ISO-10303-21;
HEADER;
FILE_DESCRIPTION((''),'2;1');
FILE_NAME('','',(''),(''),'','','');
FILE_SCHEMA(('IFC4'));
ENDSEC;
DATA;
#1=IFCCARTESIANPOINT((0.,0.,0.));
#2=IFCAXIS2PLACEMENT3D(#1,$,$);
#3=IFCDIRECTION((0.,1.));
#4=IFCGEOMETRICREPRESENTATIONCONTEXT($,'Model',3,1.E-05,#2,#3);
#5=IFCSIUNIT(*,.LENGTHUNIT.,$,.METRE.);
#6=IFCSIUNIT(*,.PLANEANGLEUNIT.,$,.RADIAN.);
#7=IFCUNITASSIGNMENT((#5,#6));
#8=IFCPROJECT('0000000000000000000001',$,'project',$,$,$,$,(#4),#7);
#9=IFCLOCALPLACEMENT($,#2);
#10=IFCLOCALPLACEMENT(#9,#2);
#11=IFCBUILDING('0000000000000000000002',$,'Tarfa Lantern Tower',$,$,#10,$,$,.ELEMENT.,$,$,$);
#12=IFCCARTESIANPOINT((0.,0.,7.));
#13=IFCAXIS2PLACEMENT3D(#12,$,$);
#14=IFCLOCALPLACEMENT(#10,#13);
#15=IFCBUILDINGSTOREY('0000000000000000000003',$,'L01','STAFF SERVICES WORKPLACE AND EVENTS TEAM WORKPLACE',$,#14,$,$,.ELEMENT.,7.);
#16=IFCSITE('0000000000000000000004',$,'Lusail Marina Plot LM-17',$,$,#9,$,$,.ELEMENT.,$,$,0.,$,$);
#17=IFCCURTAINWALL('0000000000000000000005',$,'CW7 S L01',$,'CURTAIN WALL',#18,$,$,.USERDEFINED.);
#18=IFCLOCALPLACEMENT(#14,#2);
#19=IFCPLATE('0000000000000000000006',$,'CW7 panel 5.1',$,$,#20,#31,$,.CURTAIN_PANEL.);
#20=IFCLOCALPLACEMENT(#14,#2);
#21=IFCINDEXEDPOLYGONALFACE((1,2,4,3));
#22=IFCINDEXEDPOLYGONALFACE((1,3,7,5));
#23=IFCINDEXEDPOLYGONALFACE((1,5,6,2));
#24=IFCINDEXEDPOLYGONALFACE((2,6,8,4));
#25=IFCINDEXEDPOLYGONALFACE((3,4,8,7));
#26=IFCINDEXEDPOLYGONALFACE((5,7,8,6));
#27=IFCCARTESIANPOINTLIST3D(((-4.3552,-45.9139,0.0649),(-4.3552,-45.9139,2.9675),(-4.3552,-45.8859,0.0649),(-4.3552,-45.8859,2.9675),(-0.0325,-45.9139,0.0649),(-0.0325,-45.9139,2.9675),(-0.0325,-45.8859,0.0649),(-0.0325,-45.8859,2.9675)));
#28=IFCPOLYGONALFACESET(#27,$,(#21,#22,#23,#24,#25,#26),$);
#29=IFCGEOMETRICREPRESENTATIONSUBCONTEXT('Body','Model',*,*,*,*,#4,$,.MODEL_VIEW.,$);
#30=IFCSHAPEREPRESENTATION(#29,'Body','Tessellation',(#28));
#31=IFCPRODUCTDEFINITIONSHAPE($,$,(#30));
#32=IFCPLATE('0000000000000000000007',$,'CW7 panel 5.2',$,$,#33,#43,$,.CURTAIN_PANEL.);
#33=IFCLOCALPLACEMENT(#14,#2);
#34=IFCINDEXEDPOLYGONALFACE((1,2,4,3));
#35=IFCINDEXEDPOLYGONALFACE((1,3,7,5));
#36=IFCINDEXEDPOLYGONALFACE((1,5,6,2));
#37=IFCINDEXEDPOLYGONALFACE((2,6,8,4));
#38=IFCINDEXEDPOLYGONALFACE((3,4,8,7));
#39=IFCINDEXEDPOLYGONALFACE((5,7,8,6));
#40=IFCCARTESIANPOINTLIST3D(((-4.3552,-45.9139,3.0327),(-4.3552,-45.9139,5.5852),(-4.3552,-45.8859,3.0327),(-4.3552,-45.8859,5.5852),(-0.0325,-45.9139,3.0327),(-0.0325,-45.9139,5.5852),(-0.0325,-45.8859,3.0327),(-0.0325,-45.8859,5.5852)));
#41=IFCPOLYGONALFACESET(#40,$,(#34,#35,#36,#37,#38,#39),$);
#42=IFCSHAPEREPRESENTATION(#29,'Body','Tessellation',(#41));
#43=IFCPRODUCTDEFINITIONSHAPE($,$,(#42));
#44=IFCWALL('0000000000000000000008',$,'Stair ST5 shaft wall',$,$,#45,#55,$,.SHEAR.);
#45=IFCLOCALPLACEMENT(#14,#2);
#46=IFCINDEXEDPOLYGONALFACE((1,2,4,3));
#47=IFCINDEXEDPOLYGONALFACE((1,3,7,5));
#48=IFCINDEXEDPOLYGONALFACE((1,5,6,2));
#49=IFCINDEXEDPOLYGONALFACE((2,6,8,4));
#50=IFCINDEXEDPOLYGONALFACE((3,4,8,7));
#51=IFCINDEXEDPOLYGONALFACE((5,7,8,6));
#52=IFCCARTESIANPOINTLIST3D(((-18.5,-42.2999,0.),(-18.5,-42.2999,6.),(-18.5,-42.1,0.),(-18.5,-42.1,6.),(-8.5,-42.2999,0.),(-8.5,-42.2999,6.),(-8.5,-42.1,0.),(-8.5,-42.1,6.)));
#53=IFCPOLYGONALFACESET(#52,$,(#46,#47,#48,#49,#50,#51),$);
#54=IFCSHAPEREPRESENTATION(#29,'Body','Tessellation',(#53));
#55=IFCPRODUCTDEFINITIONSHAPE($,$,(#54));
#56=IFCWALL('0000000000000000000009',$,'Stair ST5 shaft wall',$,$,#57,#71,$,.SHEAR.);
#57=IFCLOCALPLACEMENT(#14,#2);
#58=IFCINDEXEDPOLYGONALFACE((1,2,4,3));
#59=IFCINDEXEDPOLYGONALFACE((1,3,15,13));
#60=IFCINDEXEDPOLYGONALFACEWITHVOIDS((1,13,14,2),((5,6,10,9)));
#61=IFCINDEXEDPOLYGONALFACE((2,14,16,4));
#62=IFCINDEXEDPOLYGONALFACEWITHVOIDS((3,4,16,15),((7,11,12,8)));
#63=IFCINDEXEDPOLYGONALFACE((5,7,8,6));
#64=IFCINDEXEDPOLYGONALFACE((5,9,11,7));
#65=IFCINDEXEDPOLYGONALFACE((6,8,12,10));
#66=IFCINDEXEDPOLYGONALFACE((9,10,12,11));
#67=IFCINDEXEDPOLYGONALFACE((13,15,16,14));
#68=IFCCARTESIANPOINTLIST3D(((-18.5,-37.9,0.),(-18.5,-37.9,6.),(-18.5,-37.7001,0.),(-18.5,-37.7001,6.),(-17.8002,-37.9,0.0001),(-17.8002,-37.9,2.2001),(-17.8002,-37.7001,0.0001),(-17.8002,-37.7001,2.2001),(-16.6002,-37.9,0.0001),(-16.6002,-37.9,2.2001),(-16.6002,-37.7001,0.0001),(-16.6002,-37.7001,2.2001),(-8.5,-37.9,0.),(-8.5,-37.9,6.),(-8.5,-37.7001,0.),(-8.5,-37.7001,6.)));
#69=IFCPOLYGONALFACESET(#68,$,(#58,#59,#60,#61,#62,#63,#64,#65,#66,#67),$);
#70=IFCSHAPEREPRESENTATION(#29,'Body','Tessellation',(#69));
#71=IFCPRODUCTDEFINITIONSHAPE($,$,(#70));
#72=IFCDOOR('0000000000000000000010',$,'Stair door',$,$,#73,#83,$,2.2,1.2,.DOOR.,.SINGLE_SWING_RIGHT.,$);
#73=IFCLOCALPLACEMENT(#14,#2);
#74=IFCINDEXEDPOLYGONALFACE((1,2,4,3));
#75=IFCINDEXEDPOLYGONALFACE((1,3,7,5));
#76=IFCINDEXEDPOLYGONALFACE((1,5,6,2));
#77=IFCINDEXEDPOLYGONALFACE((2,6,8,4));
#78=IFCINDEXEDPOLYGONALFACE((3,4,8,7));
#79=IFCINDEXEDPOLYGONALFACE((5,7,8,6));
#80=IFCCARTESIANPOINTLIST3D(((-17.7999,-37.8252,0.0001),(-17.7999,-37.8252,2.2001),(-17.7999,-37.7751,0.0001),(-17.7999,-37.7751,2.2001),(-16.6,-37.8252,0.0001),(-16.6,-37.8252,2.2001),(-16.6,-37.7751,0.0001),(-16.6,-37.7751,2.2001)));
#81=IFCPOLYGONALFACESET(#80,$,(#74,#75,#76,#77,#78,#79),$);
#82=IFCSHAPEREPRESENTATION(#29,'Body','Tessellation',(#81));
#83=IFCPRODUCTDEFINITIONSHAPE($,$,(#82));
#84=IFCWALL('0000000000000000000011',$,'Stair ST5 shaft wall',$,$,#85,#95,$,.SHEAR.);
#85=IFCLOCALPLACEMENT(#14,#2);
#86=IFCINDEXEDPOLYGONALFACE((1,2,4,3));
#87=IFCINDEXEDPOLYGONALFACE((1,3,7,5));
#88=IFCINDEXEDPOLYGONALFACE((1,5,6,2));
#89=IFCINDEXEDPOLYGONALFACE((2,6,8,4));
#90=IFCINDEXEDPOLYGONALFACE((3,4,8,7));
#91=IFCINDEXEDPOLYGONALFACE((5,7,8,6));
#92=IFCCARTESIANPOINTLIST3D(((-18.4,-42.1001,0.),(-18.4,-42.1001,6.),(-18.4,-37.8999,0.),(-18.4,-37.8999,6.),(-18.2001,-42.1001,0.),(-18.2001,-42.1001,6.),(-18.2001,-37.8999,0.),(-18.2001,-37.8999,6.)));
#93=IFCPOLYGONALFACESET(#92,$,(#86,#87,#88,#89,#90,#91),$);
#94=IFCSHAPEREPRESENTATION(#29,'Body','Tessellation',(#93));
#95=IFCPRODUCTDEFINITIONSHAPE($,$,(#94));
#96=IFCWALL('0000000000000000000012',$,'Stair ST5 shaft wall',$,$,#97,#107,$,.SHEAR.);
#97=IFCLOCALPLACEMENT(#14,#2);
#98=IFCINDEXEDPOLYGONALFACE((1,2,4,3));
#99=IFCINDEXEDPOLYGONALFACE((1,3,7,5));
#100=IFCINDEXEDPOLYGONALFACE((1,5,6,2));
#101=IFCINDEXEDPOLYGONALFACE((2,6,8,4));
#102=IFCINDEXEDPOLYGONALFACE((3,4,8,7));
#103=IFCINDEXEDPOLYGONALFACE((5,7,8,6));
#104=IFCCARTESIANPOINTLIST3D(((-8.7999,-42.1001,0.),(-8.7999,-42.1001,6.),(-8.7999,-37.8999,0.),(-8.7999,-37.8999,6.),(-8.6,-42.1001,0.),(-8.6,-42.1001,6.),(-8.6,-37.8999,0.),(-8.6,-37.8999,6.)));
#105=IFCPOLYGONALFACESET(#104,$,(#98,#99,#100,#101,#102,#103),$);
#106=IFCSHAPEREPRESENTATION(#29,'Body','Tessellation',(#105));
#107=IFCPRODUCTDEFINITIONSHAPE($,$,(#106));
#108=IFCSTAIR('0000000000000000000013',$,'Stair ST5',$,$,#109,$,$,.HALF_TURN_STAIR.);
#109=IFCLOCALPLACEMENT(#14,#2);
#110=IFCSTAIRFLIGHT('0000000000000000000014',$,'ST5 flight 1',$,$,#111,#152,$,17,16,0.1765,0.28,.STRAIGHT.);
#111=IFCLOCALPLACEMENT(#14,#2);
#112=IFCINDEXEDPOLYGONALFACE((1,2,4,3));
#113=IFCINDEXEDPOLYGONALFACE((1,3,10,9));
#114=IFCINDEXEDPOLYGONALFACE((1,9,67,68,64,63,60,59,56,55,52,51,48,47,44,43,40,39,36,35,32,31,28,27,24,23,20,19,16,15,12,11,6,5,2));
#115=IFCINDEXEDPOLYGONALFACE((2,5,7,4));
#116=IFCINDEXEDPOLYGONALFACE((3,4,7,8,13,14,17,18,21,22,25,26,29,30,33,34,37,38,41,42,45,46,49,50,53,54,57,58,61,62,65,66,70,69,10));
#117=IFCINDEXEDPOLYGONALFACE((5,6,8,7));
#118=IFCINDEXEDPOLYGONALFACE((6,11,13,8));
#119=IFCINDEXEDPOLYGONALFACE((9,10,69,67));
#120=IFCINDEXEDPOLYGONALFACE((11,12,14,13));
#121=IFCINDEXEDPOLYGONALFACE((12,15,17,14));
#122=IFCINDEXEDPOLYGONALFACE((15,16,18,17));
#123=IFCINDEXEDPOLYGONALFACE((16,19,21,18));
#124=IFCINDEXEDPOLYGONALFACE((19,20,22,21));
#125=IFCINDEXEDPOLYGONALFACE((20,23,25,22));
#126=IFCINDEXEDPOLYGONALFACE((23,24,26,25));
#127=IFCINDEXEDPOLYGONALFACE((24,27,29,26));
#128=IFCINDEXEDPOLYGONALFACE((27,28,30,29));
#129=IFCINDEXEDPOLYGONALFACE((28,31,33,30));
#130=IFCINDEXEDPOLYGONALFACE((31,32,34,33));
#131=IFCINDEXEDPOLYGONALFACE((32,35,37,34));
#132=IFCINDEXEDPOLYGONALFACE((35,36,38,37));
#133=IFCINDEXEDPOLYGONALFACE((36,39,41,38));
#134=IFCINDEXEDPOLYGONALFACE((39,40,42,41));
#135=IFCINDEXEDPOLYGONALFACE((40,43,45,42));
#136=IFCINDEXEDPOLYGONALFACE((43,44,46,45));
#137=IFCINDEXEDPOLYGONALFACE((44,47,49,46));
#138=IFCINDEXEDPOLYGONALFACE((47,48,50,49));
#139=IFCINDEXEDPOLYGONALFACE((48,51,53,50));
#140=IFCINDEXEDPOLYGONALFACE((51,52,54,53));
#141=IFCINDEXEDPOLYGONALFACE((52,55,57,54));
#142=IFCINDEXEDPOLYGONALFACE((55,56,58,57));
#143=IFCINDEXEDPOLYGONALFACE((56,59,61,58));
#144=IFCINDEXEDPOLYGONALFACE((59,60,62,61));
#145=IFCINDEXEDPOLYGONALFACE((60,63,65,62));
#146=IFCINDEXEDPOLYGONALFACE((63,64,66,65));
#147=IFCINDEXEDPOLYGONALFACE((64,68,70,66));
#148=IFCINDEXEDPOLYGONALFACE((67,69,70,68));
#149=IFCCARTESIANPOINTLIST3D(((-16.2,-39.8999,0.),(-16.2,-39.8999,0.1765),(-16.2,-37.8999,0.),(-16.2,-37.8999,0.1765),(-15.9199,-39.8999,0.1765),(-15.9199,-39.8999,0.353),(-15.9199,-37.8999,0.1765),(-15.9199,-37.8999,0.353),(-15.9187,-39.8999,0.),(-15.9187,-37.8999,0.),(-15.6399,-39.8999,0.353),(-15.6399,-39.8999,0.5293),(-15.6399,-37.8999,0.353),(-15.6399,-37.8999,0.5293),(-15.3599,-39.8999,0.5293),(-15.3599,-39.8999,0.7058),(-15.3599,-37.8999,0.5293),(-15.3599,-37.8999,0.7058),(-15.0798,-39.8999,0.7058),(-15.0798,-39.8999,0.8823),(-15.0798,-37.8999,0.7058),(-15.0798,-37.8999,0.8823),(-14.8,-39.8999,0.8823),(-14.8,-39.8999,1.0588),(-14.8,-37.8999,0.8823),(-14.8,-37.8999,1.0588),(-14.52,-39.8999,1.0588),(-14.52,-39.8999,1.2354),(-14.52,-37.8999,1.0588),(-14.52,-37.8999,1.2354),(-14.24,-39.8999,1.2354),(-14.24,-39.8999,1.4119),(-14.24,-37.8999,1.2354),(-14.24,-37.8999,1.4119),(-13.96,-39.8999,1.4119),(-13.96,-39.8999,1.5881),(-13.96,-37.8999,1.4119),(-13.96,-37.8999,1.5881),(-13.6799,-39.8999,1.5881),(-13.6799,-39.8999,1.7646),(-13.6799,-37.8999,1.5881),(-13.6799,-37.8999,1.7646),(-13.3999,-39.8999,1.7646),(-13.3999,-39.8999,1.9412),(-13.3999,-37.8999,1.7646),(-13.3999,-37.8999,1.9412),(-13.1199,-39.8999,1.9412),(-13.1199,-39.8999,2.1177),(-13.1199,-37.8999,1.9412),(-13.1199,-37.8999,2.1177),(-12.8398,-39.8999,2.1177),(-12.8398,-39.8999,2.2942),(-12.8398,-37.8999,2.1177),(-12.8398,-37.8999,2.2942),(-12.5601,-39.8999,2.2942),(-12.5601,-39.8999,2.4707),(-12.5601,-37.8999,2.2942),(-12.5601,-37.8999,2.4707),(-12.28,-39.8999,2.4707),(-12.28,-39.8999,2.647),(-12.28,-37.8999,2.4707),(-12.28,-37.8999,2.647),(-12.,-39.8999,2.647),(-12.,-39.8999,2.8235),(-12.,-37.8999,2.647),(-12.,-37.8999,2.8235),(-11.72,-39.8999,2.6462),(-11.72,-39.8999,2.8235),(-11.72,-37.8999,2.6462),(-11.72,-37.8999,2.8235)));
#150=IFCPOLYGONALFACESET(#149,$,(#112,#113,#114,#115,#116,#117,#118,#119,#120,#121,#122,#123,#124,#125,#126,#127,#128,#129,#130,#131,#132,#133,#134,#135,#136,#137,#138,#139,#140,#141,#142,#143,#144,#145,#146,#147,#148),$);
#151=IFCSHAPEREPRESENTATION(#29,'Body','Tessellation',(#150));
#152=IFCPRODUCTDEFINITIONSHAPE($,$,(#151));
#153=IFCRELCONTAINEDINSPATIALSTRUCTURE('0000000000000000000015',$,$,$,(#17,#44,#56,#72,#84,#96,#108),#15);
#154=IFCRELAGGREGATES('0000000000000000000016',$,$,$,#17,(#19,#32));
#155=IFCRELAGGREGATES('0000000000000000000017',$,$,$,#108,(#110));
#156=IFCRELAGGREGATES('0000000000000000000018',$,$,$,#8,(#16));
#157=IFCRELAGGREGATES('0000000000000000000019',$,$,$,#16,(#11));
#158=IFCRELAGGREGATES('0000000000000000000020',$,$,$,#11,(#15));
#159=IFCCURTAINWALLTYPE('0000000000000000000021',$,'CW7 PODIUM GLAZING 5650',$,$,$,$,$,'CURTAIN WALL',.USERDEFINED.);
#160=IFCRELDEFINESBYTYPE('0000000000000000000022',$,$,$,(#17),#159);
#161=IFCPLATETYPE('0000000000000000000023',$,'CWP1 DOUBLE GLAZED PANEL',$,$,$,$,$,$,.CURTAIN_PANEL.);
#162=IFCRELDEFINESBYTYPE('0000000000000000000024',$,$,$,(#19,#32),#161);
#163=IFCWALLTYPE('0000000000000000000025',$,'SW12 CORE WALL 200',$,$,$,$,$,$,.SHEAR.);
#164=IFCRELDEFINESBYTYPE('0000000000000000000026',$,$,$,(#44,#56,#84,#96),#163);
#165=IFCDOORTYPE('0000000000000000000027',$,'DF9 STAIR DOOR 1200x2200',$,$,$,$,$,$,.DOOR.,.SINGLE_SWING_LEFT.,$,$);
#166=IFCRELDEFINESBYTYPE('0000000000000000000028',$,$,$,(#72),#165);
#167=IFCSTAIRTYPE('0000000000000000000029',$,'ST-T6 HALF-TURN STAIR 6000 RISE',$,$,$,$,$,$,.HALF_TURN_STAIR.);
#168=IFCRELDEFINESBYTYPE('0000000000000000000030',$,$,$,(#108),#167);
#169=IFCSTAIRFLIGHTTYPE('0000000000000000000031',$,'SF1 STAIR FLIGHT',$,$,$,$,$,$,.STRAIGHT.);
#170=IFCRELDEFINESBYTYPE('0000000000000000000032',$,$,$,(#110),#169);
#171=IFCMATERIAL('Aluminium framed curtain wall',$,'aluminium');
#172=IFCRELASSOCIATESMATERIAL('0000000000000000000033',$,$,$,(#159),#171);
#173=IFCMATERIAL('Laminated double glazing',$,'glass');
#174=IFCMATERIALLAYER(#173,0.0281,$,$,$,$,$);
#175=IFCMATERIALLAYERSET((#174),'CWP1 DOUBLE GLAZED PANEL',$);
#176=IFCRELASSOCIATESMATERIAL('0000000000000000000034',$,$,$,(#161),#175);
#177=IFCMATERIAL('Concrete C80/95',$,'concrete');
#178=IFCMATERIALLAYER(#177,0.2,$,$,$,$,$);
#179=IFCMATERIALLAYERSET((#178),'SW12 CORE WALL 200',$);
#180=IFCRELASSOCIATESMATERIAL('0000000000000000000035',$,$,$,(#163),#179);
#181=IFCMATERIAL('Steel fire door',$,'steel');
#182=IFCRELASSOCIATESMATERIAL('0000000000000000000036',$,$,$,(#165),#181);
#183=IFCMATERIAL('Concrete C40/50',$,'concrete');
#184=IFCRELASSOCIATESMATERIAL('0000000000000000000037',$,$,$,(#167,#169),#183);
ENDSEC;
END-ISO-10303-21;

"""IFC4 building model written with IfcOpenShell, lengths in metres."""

from ifc_helpers import new_model, si_unit, direction, frame, frame_2d, origin, origin_2d, place, context, subcontext, project, spatial, polyline, rectangle, outline, extrude, material, layer, layer_set, type_object, element, fill, aggregate, save


model = new_model("IFC4")

# Units and contexts
model_context = context("Model", 3, precision=1e-05, world=origin(), true_north=direction((0.0, 1.0)))
body_context = subcontext(model_context, "Body", "Model", "MODEL_VIEW")
ifc_project = project(units=[si_unit("LENGTHUNIT", "METRE"), si_unit("PLANEANGLEUNIT", "RADIAN")], contexts=[model_context])

# Site, building, storey
site_placement = place(None, origin())
site = spatial("IfcSite", under=ifc_project, at=site_placement, Name="Lusail Marina Plot LM-17", CompositionType="ELEMENT", RefElevation=0.0)
building_placement = place(site_placement, origin())
building = spatial("IfcBuilding", under=site, at=building_placement, Name="Tarfa Lantern Tower", CompositionType="ELEMENT")
storey_placement = place(building_placement, frame((0.0, 0.0, 7.0)))
storey = spatial("IfcBuildingStorey", under=building, at=storey_placement, Name="L01", Description="STAFF SERVICES WORKPLACE AND EVENTS TEAM WORKPLACE", CompositionType="ELEMENT", Elevation=7.0)

# Shared definitions
ifc_material_1 = material(Name="Concrete C80/95", Category="concrete")

# Curtain wall
ifc_material_2 = material(Name="Aluminium framed curtain wall", Category="aluminium")
curtain_wall_type = type_object("IfcCurtainWallType", Name="CW7 PODIUM GLAZING 5650", ElementType="CURTAIN WALL", PredefinedType="USERDEFINED", material=ifc_material_2)
curtain_wall_placement = place(storey_placement, origin())
curtain_wall = element("IfcCurtainWall", 1, at=curtain_wall_placement, inside=storey, type_object=curtain_wall_type, Name="CW7 S L01", ObjectType="CURTAIN WALL", PredefinedType="USERDEFINED")

# Plates
ifc_material_3 = material(Name="Laminated double glazing", Category="glass")
ifc_layer_1 = layer(ifc_material_3, 0.0281)
ifc_layer_set_1 = layer_set([ifc_layer_1], Name="CWP1 DOUBLE GLAZED PANEL")
plate_type = type_object("IfcPlateType", Name="CWP1 DOUBLE GLAZED PANEL", PredefinedType="CURTAIN_PANEL", material=ifc_layer_set_1)
plate_1_placement = place(storey_placement, frame((-2.1938, -45.8999, 0.0649), z_axis=(0.0, 0.0, 1.0), x_axis=(1.0, 0.0, 0.0)))
plate_1 = element("IfcPlate", 2, at=plate_1_placement, type_object=plate_type, Name="CW7 panel 5.1", PredefinedType="CURTAIN_PANEL", context=body_context, shape_type="SweptSolid", body=[
    extrude(rectangle(XDim=4.3228, YDim=0.0281, at=origin_2d()), origin(), (0.0, 0.0, 1.0), 2.9026),
])
plate_2_placement = place(storey_placement, frame((-2.1938, -45.8999, 3.0327), z_axis=(0.0, 0.0, 1.0), x_axis=(1.0, 0.0, 0.0)))
plate_2 = element("IfcPlate", 3, at=plate_2_placement, type_object=plate_type, Name="CW7 panel 5.2", PredefinedType="CURTAIN_PANEL", context=body_context, shape_type="SweptSolid", body=[
    extrude(rectangle(XDim=4.3228, YDim=0.0281, at=origin_2d()), origin(), (0.0, 0.0, 1.0), 2.5525),
])
aggregate(curtain_wall, [plate_1, plate_2])

# Wall
ifc_layer_2 = layer(ifc_material_1, 0.2)
ifc_layer_set_2 = layer_set([ifc_layer_2], Name="SW12 CORE WALL 200")
wall_type = type_object("IfcWallType", Name="SW12 CORE WALL 200", PredefinedType="SHEAR", material=ifc_layer_set_2)
wall_1_placement = place(storey_placement, frame((-18.5, -42.2, 0.0), z_axis=(0.0, 0.0, 1.0), x_axis=(1.0, 0.0, 0.0)))
element("IfcWall", 4, at=wall_1_placement, inside=storey, type_object=wall_type, Name="Stair ST5 shaft wall", PredefinedType="SHEAR", context=body_context, shape_type="SweptSolid", body=[
    extrude(rectangle(XDim=10.0, YDim=0.2, at=frame_2d((5.0, 0.0))), origin(), (0.0, 0.0, 1.0), 6.0),
])

# Wall, opening, door
wall_2_placement = place(storey_placement, frame((-8.5, -37.8, 0.0), z_axis=(0.0, 0.0, 1.0), x_axis=(-1.0, 0.0, 0.0)))
wall_2 = element("IfcWall", 5, at=wall_2_placement, inside=storey, type_object=wall_type, Name="Stair ST5 shaft wall", PredefinedType="SHEAR", context=body_context, shape_type="SweptSolid", body=[
    extrude(rectangle(XDim=10.0, YDim=0.2, at=frame_2d((5.0, 0.0))), origin(), (0.0, 0.0, 1.0), 6.0),
])
opening_placement = place(wall_2_placement, frame((8.1001, 0.0, 0.0)))
opening = element("IfcOpeningElement", 6, at=opening_placement, cuts=wall_2, PredefinedType="OPENING", context=body_context, shape_type="SweptSolid", body=[
    extrude(rectangle(XDim=1.2, YDim=2.2, at=frame_2d((0.6001, 1.1001))), frame((0.0, 0.1099, 0.0), z_axis=(0.0, -1.0, 0.0), x_axis=(1.0, 0.0, 0.0)), (0.0, 0.0, 1.0), 0.22),
])
ifc_material_4 = material(Name="Steel fire door", Category="steel")
door_type = type_object("IfcDoorType", Name="DF9 STAIR DOOR 1200x2200", OperationType="SINGLE_SWING_LEFT", PredefinedType="DOOR", material=ifc_material_4)
door_placement = place(opening_placement, frame((1.2, 0.0, 0.0), z_axis=(0.0, 0.0, 1.0), x_axis=(-1.0, 0.0, 0.0)))
door = element("IfcDoor", 7, at=door_placement, inside=storey, type_object=door_type, Name="Stair door", OperationType="SINGLE_SWING_RIGHT", OverallHeight=2.2, OverallWidth=1.2, PredefinedType="DOOR", context=body_context, shape_type="SweptSolid", body=[
    extrude(rectangle(XDim=1.2, YDim=2.2, at=frame_2d((0.6001, 1.1001))), frame((0.0, 0.0249, 0.0), z_axis=(0.0, -1.0, 0.0), x_axis=(1.0, 0.0, 0.0)), (0.0, 0.0, 1.0), 0.05),
])
fill(opening, door)

# Walls
for number, where, z_axis, x_axis, name in (
    (8, (-18.3, -37.8999, 0.0), (0.0, 0.0, 1.0), (0.0, -1.0, 0.0), "Stair ST5 shaft wall"),
    (9, (-8.7, -42.1001, 0.0), (0.0, 0.0, 1.0), (0.0, 1.0, 0.0), "Stair ST5 shaft wall"),
):
    element("IfcWall", number, at=place(storey_placement, frame(where, z_axis=z_axis, x_axis=x_axis)), inside=storey, type_object=wall_type, Name=name, PredefinedType="SHEAR", context=body_context, shape_type="SweptSolid", body=[
        extrude(rectangle(XDim=4.2002, YDim=0.2, at=frame_2d((2.1001, 0.0))), origin(), (0.0, 0.0, 1.0), 6.0),
    ])

# Stair, stair flight
ifc_material_5 = material(Name="Concrete C40/50", Category="concrete")
stair_type = type_object("IfcStairType", Name="ST-T6 HALF-TURN STAIR 6000 RISE", PredefinedType="HALF_TURN_STAIR", material=ifc_material_5)
stair_placement = place(storey_placement, origin())
stair = element("IfcStair", 10, at=stair_placement, inside=storey, type_object=stair_type, Name="Stair ST5", PredefinedType="HALF_TURN_STAIR")
stair_flight_type = type_object("IfcStairFlightType", Name="SF1 STAIR FLIGHT", PredefinedType="STRAIGHT", material=ifc_material_5)
stair_flight_1_placement = place(storey_placement, frame((-16.2, -38.8999, 0.0), z_axis=(0.0, 0.0, 1.0), x_axis=(1.0, 0.0, 0.0)))
stair_flight_1 = element("IfcStairFlight", 11, at=stair_flight_1_placement, type_object=stair_flight_type, Name="ST5 flight 1", NumberOfRisers=17, NumberOfTreads=16, PredefinedType="STRAIGHT", RiserHeight=0.1765, TreadLength=0.28, context=body_context, shape_type="SweptSolid", body=[
    extrude(outline(polyline([(0.0, 0.0), (0.0, 0.1765), (0.28, 0.1765), (0.28, 0.353), (0.5601, 0.353), (0.5601, 0.5293), (0.8401, 0.5293), (0.8401, 0.7058), (1.1201, 0.7058), (1.1201, 0.8823), (1.3999, 0.8823), (1.3999, 1.0588), (1.6799, 1.0588), (1.6799, 1.2354), (1.96, 1.2354), (1.96, 1.4119), (2.24, 1.4119), (2.24, 1.5881), (2.52, 1.5881), (2.52, 1.7646), (2.8, 1.7646), (2.8, 1.9412), (3.0801, 1.9412), (3.0801, 2.1177), (3.3601, 2.1177), (3.3601, 2.2942), (3.6399, 2.2942), (3.6399, 2.4707), (3.9199, 2.4707), (3.9199, 2.647), (4.2, 2.647), (4.2, 2.8235), (4.48, 2.8235), (4.48, 3.0), (4.48, 2.6462), (0.2812, 0.0), (0.0, 0.0)])), frame((0.0, 1.0, 0.0), z_axis=(0.0, -1.0, 0.0), x_axis=(1.0, 0.0, 0.0)), (0.0, 0.0, 1.0), 2.0),
])
aggregate(stair, [stair_flight_1])

save(model, "model.ifc")
